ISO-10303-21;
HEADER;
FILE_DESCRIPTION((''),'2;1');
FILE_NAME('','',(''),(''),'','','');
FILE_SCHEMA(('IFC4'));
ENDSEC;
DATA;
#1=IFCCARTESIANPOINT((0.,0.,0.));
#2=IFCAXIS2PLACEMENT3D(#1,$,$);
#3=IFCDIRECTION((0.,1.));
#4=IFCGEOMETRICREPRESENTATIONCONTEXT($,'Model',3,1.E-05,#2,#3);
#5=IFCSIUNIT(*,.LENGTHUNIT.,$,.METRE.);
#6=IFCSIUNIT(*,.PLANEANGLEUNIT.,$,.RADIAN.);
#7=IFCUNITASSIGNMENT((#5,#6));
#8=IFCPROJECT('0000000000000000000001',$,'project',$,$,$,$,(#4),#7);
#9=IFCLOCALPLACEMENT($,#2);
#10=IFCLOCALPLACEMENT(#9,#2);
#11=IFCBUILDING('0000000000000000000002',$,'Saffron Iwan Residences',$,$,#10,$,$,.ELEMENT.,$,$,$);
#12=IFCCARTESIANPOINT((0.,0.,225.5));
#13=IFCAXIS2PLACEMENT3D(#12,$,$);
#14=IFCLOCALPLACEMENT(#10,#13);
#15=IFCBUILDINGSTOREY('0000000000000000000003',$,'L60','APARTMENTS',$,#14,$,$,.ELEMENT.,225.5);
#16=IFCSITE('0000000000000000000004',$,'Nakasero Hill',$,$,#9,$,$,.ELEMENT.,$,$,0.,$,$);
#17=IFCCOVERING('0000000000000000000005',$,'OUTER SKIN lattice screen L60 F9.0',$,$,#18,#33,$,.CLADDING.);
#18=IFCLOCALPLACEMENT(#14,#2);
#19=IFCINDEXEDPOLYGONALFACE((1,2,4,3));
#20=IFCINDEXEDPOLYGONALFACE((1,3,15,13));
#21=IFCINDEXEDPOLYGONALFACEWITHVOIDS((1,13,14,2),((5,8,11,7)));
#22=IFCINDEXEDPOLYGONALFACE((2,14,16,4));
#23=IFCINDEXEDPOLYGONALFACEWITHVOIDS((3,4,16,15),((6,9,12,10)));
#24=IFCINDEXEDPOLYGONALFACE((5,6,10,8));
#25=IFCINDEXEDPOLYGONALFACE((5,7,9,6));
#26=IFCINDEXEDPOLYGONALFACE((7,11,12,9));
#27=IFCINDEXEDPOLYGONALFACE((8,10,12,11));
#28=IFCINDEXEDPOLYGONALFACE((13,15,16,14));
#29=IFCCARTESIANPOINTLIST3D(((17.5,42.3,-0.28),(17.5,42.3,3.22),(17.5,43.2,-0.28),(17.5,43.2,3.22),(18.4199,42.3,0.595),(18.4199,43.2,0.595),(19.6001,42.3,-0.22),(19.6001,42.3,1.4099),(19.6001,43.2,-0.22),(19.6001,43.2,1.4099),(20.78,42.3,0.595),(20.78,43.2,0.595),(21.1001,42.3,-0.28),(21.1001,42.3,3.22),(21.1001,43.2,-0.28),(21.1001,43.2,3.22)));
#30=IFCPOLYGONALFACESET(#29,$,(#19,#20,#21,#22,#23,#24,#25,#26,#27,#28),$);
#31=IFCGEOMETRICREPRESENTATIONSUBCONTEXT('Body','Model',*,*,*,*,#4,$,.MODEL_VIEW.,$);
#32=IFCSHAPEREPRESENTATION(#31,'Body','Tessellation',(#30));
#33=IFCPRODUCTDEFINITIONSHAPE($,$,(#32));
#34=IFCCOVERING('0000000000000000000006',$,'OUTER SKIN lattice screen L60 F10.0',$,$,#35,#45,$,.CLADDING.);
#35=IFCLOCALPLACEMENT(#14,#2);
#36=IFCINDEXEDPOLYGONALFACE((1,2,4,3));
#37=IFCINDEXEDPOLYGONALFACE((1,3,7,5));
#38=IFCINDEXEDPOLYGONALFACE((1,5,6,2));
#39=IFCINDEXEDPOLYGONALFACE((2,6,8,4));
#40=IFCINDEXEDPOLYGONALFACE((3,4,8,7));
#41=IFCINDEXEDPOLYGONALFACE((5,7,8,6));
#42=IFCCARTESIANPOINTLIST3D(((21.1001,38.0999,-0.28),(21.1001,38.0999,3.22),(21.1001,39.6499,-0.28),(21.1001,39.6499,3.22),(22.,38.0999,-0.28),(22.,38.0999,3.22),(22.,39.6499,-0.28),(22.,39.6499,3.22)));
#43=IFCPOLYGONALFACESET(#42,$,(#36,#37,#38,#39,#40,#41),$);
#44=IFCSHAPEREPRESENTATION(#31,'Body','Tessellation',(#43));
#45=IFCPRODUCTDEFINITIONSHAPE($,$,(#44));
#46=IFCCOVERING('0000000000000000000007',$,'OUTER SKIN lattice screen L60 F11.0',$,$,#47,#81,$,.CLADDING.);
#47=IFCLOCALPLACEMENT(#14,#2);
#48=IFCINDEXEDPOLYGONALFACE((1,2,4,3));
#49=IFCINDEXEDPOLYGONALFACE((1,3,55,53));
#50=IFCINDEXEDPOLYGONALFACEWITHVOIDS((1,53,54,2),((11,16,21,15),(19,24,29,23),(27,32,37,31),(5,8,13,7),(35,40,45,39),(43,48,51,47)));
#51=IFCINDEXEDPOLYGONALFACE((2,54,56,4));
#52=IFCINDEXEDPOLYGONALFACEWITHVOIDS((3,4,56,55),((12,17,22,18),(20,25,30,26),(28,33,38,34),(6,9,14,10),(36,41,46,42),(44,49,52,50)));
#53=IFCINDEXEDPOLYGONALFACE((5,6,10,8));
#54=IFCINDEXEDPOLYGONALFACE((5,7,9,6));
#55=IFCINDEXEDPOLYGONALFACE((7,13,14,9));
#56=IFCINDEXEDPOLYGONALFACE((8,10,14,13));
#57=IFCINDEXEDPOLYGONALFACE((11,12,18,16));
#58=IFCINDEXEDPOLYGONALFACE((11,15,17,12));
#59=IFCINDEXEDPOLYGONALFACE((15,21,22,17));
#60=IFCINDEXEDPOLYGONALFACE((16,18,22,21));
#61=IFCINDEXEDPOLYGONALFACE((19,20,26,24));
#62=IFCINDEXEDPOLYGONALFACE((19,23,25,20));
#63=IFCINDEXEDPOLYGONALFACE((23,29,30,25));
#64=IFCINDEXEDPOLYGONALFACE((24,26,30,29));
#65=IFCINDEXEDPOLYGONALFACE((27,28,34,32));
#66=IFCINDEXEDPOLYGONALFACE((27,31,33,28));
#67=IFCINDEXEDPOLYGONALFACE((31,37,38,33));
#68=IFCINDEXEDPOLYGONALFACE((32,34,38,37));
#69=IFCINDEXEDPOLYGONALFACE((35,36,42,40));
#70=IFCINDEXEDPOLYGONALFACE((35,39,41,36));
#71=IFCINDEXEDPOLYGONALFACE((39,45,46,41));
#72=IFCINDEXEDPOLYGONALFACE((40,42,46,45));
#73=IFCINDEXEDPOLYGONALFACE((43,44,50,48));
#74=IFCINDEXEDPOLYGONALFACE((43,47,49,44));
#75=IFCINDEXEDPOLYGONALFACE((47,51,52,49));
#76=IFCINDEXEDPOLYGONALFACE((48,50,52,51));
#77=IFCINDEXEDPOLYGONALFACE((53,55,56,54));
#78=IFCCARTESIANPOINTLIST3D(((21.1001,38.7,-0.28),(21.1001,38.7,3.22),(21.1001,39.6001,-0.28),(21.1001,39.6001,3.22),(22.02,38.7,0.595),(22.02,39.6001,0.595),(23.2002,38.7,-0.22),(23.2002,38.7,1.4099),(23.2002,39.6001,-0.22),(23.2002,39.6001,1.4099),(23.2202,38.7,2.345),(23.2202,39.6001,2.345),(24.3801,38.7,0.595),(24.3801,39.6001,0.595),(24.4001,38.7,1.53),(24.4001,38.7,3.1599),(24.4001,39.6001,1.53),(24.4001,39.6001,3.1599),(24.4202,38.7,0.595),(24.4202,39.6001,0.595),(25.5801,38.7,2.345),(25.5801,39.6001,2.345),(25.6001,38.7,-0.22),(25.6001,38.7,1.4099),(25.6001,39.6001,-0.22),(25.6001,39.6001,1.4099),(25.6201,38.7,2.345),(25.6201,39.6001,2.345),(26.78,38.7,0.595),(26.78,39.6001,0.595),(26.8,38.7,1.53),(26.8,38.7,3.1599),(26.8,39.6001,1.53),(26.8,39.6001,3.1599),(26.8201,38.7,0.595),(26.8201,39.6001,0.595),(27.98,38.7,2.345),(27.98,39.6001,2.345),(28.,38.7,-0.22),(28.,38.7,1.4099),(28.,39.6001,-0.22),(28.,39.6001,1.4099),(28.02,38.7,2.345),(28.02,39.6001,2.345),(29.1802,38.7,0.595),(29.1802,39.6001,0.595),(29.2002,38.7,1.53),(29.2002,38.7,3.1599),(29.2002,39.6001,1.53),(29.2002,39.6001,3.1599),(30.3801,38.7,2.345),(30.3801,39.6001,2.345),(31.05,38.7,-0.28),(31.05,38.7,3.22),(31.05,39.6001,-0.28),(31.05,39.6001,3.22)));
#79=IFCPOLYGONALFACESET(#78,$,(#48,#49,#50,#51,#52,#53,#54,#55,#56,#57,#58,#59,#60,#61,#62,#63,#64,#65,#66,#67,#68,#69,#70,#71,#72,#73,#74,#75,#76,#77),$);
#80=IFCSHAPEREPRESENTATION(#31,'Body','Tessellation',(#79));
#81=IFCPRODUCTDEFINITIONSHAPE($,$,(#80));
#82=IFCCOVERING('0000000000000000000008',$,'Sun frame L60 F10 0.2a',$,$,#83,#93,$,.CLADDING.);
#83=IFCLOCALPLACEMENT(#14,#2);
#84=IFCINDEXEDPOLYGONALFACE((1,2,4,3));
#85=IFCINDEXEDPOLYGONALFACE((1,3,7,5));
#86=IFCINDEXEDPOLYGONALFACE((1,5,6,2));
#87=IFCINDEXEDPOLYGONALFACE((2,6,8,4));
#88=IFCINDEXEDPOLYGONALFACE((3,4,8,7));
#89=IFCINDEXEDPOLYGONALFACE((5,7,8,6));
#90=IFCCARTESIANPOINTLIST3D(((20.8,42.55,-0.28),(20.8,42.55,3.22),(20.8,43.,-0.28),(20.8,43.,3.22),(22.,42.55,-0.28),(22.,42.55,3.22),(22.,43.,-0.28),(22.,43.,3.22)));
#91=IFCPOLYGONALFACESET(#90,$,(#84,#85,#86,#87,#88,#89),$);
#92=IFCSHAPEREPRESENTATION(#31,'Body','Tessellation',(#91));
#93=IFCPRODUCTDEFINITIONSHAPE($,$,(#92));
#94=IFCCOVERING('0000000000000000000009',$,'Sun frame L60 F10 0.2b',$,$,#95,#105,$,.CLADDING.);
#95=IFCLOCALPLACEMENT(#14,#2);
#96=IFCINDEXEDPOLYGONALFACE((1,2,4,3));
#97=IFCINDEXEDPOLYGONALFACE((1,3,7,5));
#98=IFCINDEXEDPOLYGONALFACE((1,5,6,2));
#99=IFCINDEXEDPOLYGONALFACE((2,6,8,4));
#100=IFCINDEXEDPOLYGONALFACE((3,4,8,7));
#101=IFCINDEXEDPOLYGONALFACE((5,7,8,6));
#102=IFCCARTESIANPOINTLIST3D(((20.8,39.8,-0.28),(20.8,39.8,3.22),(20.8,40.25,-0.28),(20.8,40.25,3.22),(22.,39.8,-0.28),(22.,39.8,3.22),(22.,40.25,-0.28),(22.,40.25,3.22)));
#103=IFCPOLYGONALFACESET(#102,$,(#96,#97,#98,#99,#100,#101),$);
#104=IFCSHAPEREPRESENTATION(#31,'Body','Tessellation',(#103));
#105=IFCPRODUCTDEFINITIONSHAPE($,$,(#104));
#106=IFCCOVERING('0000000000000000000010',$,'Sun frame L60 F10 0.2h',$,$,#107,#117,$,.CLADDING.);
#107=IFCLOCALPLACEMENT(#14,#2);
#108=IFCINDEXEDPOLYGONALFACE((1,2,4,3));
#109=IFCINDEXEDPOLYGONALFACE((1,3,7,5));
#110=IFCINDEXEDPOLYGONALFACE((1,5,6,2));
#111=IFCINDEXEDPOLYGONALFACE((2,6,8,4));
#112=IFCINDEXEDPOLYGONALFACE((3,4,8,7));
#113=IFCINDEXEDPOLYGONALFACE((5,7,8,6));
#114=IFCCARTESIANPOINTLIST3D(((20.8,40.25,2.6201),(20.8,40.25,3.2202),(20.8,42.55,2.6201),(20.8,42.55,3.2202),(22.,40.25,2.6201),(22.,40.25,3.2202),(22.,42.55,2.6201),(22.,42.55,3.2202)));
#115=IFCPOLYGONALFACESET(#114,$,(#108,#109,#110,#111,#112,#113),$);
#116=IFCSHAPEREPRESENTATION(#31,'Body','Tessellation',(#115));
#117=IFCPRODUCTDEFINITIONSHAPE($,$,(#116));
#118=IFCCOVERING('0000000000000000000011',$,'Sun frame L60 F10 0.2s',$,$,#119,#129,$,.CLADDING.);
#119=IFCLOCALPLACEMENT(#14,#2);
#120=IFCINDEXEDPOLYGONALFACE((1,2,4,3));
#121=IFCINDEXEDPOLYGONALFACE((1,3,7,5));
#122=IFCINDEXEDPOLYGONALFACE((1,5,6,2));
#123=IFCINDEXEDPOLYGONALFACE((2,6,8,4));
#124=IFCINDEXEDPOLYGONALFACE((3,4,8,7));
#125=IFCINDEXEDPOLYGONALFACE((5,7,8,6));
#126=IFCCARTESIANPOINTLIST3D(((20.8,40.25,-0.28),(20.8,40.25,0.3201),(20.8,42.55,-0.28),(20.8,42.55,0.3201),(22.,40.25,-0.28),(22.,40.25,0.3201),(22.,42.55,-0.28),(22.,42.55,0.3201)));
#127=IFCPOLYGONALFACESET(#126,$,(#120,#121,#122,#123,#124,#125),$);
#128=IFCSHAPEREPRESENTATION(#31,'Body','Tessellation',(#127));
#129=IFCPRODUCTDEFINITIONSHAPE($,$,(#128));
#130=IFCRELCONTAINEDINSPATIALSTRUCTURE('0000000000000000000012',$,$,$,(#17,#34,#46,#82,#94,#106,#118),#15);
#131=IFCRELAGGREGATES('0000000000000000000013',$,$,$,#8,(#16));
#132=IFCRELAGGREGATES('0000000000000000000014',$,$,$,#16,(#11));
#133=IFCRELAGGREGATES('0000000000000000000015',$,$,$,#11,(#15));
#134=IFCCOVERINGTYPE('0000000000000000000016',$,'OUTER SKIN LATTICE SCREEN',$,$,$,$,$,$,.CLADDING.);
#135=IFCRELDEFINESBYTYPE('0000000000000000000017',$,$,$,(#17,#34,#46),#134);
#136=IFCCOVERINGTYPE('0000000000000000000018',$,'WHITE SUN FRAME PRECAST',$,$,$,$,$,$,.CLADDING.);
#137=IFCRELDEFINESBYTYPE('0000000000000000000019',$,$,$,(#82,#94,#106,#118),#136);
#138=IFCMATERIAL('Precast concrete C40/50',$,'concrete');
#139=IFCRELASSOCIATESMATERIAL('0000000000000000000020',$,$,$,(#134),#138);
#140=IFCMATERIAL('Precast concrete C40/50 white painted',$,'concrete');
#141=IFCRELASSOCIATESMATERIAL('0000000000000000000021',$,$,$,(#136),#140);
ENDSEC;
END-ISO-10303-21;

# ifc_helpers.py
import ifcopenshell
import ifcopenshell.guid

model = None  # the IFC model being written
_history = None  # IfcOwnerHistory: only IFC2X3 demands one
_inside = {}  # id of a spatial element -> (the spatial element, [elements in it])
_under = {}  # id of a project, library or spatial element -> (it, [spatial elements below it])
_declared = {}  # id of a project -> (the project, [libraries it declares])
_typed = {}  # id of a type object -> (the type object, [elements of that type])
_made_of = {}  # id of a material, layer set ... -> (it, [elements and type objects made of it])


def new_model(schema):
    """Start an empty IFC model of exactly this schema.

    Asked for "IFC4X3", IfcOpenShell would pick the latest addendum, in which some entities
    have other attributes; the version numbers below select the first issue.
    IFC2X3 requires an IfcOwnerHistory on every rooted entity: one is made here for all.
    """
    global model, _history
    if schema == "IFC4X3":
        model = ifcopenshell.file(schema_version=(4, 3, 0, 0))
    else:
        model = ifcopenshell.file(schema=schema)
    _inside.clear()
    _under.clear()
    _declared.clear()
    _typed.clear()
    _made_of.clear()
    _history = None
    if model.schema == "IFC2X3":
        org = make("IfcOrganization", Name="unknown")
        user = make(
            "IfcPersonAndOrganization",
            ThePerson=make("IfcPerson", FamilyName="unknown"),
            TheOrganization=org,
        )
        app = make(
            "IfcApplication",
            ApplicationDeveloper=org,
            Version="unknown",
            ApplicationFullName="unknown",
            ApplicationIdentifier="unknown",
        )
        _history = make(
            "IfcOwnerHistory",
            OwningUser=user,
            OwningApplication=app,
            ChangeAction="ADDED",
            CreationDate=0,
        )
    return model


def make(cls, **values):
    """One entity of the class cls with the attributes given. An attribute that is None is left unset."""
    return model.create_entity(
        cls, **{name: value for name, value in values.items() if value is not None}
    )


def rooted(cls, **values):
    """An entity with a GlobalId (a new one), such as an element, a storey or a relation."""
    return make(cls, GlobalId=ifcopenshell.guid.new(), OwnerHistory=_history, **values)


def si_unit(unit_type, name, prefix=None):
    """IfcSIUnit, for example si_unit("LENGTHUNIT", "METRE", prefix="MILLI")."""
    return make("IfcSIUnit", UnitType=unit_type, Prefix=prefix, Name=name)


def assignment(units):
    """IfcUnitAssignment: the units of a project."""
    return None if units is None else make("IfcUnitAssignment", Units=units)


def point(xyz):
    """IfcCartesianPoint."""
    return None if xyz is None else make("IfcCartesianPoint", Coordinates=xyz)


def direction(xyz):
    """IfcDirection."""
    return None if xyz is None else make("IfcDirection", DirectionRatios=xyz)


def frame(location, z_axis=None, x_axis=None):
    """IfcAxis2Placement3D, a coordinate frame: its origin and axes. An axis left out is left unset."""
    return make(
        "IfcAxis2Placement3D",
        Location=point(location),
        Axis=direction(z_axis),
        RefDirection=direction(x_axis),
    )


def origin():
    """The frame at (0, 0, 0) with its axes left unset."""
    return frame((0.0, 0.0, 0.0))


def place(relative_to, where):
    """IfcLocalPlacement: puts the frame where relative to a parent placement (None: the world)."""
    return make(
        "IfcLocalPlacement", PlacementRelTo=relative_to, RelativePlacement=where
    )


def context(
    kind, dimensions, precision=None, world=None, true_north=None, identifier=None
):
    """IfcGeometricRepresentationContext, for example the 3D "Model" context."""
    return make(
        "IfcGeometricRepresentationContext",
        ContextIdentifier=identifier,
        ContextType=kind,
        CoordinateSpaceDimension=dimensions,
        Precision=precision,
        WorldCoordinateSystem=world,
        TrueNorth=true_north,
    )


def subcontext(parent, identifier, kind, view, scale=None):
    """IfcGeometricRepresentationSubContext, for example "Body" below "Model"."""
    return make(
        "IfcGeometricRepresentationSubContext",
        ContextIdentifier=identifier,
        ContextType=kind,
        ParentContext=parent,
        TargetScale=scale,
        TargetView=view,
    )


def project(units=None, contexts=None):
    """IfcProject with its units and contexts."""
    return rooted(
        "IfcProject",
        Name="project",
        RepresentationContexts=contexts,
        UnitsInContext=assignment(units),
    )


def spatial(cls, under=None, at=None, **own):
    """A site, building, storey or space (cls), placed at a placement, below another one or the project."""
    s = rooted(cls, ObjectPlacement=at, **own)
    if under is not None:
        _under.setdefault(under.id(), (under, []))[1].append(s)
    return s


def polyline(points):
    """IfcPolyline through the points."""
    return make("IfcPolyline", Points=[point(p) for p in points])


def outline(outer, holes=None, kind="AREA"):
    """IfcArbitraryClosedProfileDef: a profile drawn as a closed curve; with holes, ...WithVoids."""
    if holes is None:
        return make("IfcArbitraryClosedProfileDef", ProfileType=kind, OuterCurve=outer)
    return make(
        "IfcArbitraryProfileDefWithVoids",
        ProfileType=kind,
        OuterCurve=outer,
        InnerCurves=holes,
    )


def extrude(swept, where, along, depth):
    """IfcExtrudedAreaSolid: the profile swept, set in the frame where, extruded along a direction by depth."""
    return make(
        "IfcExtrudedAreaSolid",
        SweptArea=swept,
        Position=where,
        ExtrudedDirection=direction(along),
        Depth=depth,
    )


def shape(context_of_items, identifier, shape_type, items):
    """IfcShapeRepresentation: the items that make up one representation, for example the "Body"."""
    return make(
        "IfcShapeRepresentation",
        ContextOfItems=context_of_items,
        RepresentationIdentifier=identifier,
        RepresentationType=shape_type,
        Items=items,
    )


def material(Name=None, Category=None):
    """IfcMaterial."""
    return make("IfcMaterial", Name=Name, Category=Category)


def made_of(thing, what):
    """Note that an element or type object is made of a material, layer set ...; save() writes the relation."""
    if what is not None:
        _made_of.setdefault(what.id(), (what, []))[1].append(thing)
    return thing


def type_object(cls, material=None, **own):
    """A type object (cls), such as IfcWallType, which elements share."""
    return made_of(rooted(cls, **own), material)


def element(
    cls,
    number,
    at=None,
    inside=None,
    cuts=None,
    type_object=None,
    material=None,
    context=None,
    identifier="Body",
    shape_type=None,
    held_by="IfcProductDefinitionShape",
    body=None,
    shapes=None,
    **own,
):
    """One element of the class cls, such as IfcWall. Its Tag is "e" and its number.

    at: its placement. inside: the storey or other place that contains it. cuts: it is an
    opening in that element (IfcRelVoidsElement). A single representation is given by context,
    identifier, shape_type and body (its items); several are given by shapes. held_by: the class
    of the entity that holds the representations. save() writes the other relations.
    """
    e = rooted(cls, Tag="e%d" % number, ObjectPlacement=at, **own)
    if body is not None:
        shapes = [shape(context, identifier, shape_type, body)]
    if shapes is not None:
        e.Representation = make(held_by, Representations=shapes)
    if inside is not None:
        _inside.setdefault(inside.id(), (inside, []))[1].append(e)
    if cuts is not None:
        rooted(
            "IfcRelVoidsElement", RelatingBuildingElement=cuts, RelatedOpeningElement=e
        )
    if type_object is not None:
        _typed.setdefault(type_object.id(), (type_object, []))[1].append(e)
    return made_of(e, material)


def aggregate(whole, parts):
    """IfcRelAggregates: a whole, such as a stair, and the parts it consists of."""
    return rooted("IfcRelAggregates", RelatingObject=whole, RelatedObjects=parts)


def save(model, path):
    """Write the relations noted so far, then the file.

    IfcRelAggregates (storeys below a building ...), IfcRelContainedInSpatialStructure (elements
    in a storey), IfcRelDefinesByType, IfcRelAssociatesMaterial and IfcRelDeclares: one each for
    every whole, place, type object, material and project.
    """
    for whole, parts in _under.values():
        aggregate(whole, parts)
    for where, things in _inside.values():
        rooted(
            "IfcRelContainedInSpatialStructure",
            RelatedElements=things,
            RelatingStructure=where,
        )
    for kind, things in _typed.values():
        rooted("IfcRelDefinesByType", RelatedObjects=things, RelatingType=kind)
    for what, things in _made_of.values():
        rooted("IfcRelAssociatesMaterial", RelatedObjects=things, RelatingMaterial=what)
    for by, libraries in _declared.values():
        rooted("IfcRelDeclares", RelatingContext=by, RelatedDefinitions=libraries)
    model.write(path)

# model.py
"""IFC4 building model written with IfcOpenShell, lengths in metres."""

from ifc_helpers import new_model, si_unit, direction, frame, origin, place, context, subcontext, project, spatial, polyline, outline, extrude, material, type_object, element, save


model = new_model("IFC4")

# Units and contexts
model_context = context("Model", 3, precision=1e-05, world=origin(), true_north=direction((0.0, 1.0)))
body_context = subcontext(model_context, "Body", "Model", "MODEL_VIEW")
ifc_project = project(units=[si_unit("LENGTHUNIT", "METRE"), si_unit("PLANEANGLEUNIT", "RADIAN")], contexts=[model_context])

# Site, building, storey
site_placement = place(None, origin())
site = spatial("IfcSite", under=ifc_project, at=site_placement, Name="Nakasero Hill", CompositionType="ELEMENT", RefElevation=0.0)
building_placement = place(site_placement, origin())
building = spatial("IfcBuilding", under=site, at=building_placement, Name="Saffron Iwan Residences", CompositionType="ELEMENT")
storey_placement = place(building_placement, frame((0.0, 0.0, 225.5)))
storey = spatial("IfcBuildingStorey", under=building, at=storey_placement, Name="L60", Description="APARTMENTS", CompositionType="ELEMENT", Elevation=225.5)

# Coverings
ifc_material_1 = material(Name="Precast concrete C40/50", Category="concrete")
covering_type_1 = type_object("IfcCoveringType", Name="OUTER SKIN LATTICE SCREEN", PredefinedType="CLADDING", material=ifc_material_1)
covering_1_placement = place(storey_placement, frame((17.5, 43.2, -0.28), z_axis=(0.0, -1.0, 0.0), x_axis=(1.0, 0.0, 0.0)))
element("IfcCovering", 1, at=covering_1_placement, inside=storey, type_object=covering_type_1, Name="OUTER SKIN lattice screen L60 F9.0", PredefinedType="CLADDING", context=body_context, shape_type="SweptSolid", body=[
    extrude(outline(polyline([(0.0, 0.0), (3.6001, 0.0), (3.6001, 3.5), (0.0, 3.5), (0.0, 0.0)]), holes=[polyline([(0.9199, 0.875), (2.1001, 0.0601), (3.28, 0.875), (2.1001, 1.6899), (0.9199, 0.875)])]), origin(), (0.0, 0.0, 1.0), 0.8999),
])
covering_2_placement = place(storey_placement, frame((22.0, 39.6499, -0.28), z_axis=(-1.0, 0.0, 0.0), x_axis=(0.0, -1.0, 0.0)))
element("IfcCovering", 2, at=covering_2_placement, inside=storey, type_object=covering_type_1, Name="OUTER SKIN lattice screen L60 F10.0", PredefinedType="CLADDING", context=body_context, shape_type="SweptSolid", body=[
    extrude(outline(polyline([(0.0, 0.0), (1.55, 0.0), (1.55, 3.5), (0.0, 3.5), (0.0, 0.0)])), origin(), (0.0, 0.0, 1.0), 0.8999),
])
covering_3_placement = place(storey_placement, frame((21.1001, 39.6001, -0.28), z_axis=(0.0, -1.0, 0.0), x_axis=(1.0, 0.0, 0.0)))
element("IfcCovering", 3, at=covering_3_placement, inside=storey, type_object=covering_type_1, Name="OUTER SKIN lattice screen L60 F11.0", PredefinedType="CLADDING", context=body_context, shape_type="SweptSolid", body=[
    extrude(outline(polyline([(0.0, 0.0), (9.95, 0.0), (9.95, 3.5), (0.0, 3.5), (0.0, 0.0)]), holes=[polyline([(0.9199, 0.875), (2.1001, 0.0601), (3.28, 0.875), (2.1001, 1.6899), (0.9199, 0.875)]), polyline([(3.3201, 0.875), (4.5, 0.0601), (5.6799, 0.875), (4.5, 1.6899), (3.3201, 0.875)]), polyline([(5.72, 0.875), (6.8999, 0.0601), (8.0801, 0.875), (6.8999, 1.6899), (5.72, 0.875)]), polyline([(2.1201, 2.625), (3.3, 1.8101), (4.48, 2.625), (3.3, 3.4399), (2.1201, 2.625)]), polyline([(4.52, 2.625), (5.7, 1.8101), (6.8799, 2.625), (5.7, 3.4399), (4.52, 2.625)]), polyline([(6.9199, 2.625), (8.1001, 1.8101), (9.28, 2.625), (8.1001, 3.4399), (6.9199, 2.625)])]), origin(), (0.0, 0.0, 1.0), 0.9001),
])
ifc_material_2 = material(Name="Precast concrete C40/50 white painted", Category="concrete")
covering_type_2 = type_object("IfcCoveringType", Name="WHITE SUN FRAME PRECAST", PredefinedType="CLADDING", material=ifc_material_2)
for number, where, z_axis, x_axis, name in (
    (4, (22.0, 43.0, -0.28), (-1.0, 0.0, 0.0), (0.0, -1.0, 0.0), "Sun frame L60 F10 0.2a"),
    (5, (22.0, 40.25, -0.28), (-1.0, 0.0, 0.0), (0.0, -1.0, 0.0), "Sun frame L60 F10 0.2b"),
):
    element("IfcCovering", number, at=place(storey_placement, frame(where, z_axis=z_axis, x_axis=x_axis)), inside=storey, type_object=covering_type_2, Name=name, PredefinedType="CLADDING", context=body_context, shape_type="SweptSolid", body=[
        extrude(outline(polyline([(0.0, 0.0), (0.45, 0.0), (0.45, 3.5), (0.0, 3.5), (0.0, 0.0)])), origin(), (0.0, 0.0, 1.0), 1.2),
    ])
for number, where, z_axis, x_axis, name in (
    (6, (22.0, 42.55, 2.6201), (-1.0, 0.0, 0.0), (0.0, -1.0, 0.0), "Sun frame L60 F10 0.2h"),
    (7, (22.0, 42.55, -0.28), (-1.0, 0.0, 0.0), (0.0, -1.0, 0.0), "Sun frame L60 F10 0.2s"),
):
    element("IfcCovering", number, at=place(storey_placement, frame(where, z_axis=z_axis, x_axis=x_axis)), inside=storey, type_object=covering_type_2, Name=name, PredefinedType="CLADDING", context=body_context, shape_type="SweptSolid", body=[
        extrude(outline(polyline([(0.0, 0.0), (2.3, 0.0), (2.3, 0.6001), (0.0, 0.6001), (0.0, 0.0)])), origin(), (0.0, 0.0, 1.0), 1.2),
    ])

save(model, "model.ifc")
